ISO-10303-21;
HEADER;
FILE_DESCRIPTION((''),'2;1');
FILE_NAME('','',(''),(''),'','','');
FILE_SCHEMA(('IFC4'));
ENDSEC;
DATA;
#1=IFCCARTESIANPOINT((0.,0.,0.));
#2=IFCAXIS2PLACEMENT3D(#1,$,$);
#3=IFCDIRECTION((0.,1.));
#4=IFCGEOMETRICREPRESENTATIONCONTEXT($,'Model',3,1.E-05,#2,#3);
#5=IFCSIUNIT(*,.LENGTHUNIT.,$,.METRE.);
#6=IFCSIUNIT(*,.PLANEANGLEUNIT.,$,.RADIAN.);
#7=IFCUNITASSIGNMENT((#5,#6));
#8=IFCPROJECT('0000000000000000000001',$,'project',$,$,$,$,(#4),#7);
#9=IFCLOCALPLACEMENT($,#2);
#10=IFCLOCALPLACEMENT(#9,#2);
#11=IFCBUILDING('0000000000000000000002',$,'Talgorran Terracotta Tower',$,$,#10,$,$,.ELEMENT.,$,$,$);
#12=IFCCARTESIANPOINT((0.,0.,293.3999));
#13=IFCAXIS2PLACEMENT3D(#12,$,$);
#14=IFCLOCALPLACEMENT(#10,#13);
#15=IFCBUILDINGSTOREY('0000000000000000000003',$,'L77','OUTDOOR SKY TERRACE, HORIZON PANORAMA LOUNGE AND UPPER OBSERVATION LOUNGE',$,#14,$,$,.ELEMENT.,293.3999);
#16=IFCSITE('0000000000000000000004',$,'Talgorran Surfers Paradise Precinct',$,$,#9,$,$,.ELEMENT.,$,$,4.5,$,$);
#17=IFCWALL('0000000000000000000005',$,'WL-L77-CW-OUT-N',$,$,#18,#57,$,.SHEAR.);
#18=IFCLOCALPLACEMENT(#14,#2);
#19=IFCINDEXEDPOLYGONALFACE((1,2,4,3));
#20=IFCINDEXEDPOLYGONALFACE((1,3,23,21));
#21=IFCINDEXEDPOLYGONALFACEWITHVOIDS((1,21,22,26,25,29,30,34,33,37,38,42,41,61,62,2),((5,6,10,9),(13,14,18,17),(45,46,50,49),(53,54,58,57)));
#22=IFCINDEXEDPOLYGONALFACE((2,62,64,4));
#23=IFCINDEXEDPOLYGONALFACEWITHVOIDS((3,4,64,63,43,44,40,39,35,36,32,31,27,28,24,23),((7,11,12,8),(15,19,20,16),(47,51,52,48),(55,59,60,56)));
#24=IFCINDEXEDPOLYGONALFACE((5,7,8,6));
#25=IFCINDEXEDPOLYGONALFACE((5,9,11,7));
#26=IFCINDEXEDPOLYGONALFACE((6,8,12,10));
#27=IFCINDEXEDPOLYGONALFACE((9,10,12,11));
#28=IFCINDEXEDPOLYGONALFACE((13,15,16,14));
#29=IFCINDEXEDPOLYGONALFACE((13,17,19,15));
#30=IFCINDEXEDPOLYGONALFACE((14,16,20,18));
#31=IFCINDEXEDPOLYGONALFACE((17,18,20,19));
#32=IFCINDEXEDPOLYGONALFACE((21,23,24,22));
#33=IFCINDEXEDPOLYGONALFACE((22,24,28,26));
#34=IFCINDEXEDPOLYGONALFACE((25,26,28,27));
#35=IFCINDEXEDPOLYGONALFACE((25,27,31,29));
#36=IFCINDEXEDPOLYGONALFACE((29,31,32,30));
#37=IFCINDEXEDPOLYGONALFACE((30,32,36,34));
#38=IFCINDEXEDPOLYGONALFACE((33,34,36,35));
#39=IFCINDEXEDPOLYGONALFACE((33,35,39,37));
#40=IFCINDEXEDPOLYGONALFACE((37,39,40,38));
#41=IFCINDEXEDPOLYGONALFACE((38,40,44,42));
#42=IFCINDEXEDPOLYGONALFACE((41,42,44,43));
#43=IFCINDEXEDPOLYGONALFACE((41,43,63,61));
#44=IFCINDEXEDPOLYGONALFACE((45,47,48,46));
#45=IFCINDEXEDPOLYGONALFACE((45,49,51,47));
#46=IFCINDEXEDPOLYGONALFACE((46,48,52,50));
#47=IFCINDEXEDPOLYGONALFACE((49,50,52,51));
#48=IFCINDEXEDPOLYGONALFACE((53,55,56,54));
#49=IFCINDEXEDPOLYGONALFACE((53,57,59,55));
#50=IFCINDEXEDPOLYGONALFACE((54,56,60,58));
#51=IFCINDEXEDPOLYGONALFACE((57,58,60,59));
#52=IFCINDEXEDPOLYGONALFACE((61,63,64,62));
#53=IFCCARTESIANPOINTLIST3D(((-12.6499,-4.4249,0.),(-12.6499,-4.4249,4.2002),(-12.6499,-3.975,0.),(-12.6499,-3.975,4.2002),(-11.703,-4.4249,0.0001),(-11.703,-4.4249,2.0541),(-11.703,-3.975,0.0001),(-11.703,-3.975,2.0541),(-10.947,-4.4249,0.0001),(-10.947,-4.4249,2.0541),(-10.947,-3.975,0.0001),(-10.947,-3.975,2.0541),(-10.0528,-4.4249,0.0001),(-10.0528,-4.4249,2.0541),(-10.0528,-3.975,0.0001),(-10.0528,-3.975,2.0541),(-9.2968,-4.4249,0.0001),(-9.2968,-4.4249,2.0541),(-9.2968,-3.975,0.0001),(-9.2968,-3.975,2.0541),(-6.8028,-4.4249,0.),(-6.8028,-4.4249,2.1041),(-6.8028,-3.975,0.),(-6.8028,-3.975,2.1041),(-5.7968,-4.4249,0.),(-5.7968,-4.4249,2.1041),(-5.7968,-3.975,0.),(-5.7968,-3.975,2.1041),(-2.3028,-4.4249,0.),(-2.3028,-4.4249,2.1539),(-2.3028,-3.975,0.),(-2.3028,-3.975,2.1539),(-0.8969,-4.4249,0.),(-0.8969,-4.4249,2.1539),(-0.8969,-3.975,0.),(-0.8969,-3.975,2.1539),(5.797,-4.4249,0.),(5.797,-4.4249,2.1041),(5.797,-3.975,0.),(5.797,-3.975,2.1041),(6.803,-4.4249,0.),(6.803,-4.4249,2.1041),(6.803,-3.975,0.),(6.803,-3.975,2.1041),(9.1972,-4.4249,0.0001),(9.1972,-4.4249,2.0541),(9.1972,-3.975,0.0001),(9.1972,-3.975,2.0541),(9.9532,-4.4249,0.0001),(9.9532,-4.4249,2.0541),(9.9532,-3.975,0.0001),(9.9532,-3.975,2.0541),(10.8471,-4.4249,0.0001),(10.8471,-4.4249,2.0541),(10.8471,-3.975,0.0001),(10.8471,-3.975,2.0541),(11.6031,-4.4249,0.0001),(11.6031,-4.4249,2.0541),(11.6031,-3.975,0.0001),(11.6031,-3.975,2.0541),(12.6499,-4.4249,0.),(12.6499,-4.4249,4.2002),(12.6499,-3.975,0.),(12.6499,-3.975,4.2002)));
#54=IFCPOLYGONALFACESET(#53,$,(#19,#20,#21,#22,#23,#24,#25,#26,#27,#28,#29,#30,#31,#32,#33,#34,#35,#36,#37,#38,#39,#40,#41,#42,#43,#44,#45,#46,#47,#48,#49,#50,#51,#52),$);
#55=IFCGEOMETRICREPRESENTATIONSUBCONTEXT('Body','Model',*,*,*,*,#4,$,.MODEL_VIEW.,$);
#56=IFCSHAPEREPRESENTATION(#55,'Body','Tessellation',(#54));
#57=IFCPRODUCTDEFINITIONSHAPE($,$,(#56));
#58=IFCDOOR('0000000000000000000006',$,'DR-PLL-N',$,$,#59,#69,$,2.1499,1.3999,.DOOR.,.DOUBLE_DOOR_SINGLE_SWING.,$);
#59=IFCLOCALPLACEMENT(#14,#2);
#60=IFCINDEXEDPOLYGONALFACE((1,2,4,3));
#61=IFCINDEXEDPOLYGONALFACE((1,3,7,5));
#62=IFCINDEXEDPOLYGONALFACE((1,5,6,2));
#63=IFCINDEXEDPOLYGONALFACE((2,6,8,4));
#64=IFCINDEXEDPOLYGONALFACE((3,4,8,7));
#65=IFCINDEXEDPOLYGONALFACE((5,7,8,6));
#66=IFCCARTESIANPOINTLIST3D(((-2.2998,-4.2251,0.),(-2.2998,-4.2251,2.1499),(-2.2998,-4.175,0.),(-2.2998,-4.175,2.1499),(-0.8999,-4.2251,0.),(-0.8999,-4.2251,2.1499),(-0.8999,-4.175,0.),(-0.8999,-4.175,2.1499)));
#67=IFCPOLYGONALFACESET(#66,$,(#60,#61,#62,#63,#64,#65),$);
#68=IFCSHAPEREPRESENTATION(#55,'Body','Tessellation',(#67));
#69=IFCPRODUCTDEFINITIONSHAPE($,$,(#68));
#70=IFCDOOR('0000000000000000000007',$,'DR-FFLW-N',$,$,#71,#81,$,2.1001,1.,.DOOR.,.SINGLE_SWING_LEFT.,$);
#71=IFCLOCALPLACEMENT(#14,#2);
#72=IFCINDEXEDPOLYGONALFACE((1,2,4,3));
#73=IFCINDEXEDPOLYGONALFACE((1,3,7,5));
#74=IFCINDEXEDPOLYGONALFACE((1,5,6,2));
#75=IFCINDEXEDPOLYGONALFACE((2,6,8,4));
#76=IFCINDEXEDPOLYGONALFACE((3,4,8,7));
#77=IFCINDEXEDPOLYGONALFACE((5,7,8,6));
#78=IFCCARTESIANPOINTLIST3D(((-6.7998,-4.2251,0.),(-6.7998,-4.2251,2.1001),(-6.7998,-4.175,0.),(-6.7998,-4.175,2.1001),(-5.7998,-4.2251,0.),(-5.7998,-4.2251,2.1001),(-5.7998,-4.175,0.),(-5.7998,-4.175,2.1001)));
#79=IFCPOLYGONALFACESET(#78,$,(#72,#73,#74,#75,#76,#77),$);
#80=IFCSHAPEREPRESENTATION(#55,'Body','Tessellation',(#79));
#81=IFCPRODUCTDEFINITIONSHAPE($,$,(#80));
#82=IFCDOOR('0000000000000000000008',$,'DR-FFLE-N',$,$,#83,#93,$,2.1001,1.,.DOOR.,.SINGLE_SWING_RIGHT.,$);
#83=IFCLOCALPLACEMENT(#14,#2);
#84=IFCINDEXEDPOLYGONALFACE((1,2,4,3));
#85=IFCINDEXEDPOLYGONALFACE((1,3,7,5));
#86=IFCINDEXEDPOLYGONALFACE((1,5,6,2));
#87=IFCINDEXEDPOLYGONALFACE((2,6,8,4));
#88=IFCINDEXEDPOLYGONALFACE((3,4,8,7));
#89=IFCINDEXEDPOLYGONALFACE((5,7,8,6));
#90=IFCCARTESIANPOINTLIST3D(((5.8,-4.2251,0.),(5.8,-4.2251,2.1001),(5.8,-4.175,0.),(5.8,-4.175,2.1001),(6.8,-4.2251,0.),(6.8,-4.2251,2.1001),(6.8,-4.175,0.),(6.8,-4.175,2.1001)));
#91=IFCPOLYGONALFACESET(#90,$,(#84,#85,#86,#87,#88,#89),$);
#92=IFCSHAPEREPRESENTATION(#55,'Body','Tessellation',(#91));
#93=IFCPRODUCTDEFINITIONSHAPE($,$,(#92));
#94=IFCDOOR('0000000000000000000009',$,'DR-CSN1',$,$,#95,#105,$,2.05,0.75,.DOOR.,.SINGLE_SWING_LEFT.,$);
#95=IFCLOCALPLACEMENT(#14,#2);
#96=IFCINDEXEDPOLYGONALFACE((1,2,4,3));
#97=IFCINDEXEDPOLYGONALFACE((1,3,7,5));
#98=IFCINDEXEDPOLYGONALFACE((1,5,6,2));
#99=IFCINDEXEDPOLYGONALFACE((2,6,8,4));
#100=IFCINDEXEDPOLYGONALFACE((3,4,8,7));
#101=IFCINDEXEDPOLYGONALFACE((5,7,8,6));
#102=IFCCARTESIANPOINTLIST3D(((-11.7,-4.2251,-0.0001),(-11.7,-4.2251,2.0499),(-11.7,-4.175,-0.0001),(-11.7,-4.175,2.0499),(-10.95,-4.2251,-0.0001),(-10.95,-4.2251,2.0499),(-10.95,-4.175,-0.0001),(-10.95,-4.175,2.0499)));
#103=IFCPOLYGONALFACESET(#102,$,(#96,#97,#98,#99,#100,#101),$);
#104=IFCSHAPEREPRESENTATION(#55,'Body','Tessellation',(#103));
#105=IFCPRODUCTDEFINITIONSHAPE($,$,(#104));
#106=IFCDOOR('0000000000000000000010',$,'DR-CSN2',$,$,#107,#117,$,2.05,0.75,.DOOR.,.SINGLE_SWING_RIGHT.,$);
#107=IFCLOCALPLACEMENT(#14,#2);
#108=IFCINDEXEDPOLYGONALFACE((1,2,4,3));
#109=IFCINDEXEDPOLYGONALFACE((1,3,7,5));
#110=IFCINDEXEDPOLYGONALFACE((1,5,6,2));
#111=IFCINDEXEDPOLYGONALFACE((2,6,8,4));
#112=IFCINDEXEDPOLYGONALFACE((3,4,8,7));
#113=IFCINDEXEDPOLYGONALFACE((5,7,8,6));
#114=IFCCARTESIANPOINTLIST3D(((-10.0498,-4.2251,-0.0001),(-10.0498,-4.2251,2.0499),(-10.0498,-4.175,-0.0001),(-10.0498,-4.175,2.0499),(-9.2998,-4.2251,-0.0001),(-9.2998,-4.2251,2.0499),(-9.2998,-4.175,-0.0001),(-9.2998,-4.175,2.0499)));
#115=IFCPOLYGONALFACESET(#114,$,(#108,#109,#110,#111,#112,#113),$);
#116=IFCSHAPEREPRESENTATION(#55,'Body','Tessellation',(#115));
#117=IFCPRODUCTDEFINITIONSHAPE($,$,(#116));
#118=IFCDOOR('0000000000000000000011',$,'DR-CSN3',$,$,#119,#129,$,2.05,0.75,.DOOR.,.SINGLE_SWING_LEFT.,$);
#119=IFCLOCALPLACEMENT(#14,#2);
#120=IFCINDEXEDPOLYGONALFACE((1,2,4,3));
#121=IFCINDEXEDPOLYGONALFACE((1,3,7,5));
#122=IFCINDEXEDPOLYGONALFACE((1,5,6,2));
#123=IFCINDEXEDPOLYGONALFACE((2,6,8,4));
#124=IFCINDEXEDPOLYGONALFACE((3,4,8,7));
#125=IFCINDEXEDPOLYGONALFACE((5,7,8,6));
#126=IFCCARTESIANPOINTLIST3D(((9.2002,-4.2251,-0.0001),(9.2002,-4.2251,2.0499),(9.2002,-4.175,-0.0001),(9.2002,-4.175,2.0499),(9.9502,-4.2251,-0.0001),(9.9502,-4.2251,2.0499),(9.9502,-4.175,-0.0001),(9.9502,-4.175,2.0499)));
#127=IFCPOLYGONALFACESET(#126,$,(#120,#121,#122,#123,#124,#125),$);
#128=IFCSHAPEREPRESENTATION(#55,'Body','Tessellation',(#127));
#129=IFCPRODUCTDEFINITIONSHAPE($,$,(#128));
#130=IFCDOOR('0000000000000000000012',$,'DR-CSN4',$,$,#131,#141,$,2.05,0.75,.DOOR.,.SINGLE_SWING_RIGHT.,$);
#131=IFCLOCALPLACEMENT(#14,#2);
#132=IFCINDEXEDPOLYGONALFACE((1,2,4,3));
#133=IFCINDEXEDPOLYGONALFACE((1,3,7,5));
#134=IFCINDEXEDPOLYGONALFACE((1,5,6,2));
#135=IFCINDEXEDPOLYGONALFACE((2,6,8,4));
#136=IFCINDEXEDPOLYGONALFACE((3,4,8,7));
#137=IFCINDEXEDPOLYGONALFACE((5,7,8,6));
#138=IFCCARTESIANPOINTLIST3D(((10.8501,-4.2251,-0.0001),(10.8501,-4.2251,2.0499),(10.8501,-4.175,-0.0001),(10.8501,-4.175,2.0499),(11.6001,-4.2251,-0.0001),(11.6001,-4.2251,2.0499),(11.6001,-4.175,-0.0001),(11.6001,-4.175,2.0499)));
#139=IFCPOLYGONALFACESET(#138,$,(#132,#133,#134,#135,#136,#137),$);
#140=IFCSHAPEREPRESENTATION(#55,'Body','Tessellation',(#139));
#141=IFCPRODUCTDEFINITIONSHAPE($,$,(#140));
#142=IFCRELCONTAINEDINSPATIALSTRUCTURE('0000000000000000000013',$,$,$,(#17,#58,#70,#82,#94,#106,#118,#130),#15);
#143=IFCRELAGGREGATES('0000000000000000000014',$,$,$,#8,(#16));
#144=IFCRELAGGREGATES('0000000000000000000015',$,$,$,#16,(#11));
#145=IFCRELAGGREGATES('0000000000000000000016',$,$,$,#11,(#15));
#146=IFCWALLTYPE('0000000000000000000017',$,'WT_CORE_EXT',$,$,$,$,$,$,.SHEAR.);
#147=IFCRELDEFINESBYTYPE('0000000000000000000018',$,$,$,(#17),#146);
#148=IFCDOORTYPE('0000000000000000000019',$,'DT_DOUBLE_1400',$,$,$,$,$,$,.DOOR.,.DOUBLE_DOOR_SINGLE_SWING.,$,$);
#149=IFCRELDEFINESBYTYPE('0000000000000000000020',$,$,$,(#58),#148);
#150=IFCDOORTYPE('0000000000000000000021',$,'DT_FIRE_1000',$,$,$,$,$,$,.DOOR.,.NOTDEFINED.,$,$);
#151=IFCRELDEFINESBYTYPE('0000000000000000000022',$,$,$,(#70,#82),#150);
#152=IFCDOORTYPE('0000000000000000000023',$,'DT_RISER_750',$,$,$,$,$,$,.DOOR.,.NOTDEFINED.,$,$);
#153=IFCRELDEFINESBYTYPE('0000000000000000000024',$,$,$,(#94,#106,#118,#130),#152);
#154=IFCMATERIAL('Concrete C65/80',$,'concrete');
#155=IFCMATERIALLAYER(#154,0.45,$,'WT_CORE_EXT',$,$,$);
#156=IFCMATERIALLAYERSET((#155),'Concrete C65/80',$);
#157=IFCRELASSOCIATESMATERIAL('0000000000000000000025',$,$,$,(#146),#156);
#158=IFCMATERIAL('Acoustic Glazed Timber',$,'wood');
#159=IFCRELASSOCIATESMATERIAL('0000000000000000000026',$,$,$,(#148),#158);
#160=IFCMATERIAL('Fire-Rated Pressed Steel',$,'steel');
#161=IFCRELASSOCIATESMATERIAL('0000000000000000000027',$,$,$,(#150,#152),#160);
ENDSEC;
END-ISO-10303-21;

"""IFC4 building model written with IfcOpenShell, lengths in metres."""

from ifc_helpers import new_model, si_unit, direction, frame, frame_2d, origin, place, context, subcontext, project, spatial, rectangle, extrude, material, layer, layer_set, type_object, element, fill, save


model = new_model("IFC4")

# Units and contexts
model_context = context("Model", 3, precision=1e-05, world=origin(), true_north=direction((0.0, 1.0)))
body_context = subcontext(model_context, "Body", "Model", "MODEL_VIEW")
ifc_project = project(units=[si_unit("LENGTHUNIT", "METRE"), si_unit("PLANEANGLEUNIT", "RADIAN")], contexts=[model_context])

# Site, building, storey
site_placement = place(None, origin())
site = spatial("IfcSite", under=ifc_project, at=site_placement, Name="Talgorran Surfers Paradise Precinct", CompositionType="ELEMENT", RefElevation=4.5)
building_placement = place(site_placement, origin())
building = spatial("IfcBuilding", under=site, at=building_placement, Name="Talgorran Terracotta Tower", CompositionType="ELEMENT")
storey_placement = place(building_placement, frame((0.0, 0.0, 293.3999)))
storey = spatial("IfcBuildingStorey", under=building, at=storey_placement, Name="L77", Description="OUTDOOR SKY TERRACE, HORIZON PANORAMA LOUNGE AND UPPER OBSERVATION LOUNGE", CompositionType="ELEMENT", Elevation=293.3999)

# Wall, openings, doors
ifc_material_1 = material(Name="Concrete C65/80", Category="concrete")
ifc_layer_1 = layer(ifc_material_1, 0.45, Name="WT_CORE_EXT")
ifc_layer_set_1 = layer_set([ifc_layer_1], Name="Concrete C65/80")
wall_type_1 = type_object("IfcWallType", Name="WT_CORE_EXT", PredefinedType="SHEAR", material=ifc_layer_set_1)
wall_1_placement = place(storey_placement, frame((-12.6499, -4.2, 0.0), z_axis=(0.0, 0.0, 1.0), x_axis=(1.0, 0.0, 0.0)))
wall_1 = element("IfcWall", 1, at=wall_1_placement, inside=storey, type_object=wall_type_1, Name="WL-L77-CW-OUT-N", PredefinedType="SHEAR", context=body_context, shape_type="SweptSolid", body=[
    extrude(rectangle(XDim=25.2998, YDim=0.45, at=frame_2d((12.6499, 0.0))), origin(), (0.0, 0.0, 1.0), 4.2002),
])
opening_1_placement = place(wall_1_placement, frame((0.95, 0.0, 0.0)))
opening_1 = element("IfcOpeningElement", 2, at=opening_1_placement, cuts=wall_1, PredefinedType="OPENING", context=body_context, shape_type="SweptSolid", body=[
    extrude(rectangle(XDim=0.756, YDim=2.054, at=frame_2d((0.375, 1.0271))), frame((0.0, 0.2349, 0.0), z_axis=(0.0, -1.0, 0.0), x_axis=(1.0, 0.0, 0.0)), (0.0, 0.0, 1.0), 0.47),
])
opening_2_placement = place(wall_1_placement, frame((2.6001, 0.0, 0.0)))
opening_2 = element("IfcOpeningElement", 3, at=opening_2_placement, cuts=wall_1, PredefinedType="OPENING", context=body_context, shape_type="SweptSolid", body=[
    extrude(rectangle(XDim=0.756, YDim=2.054, at=frame_2d((0.375, 1.0271))), frame((0.0, 0.2349, 0.0), z_axis=(0.0, -1.0, 0.0), x_axis=(1.0, 0.0, 0.0)), (0.0, 0.0, 1.0), 0.47),
])
opening_3_placement = place(wall_1_placement, frame((21.8501, 0.0, 0.0)))
opening_3 = element("IfcOpeningElement", 4, at=opening_3_placement, cuts=wall_1, PredefinedType="OPENING", context=body_context, shape_type="SweptSolid", body=[
    extrude(rectangle(XDim=0.756, YDim=2.054, at=frame_2d((0.375, 1.0271))), frame((0.0, 0.2349, 0.0), z_axis=(0.0, -1.0, 0.0), x_axis=(1.0, 0.0, 0.0)), (0.0, 0.0, 1.0), 0.47),
])
opening_4_placement = place(wall_1_placement, frame((23.5, 0.0, 0.0)))
opening_4 = element("IfcOpeningElement", 5, at=opening_4_placement, cuts=wall_1, PredefinedType="OPENING", context=body_context, shape_type="SweptSolid", body=[
    extrude(rectangle(XDim=0.756, YDim=2.054, at=frame_2d((0.375, 1.0271))), frame((0.0, 0.2349, 0.0), z_axis=(0.0, -1.0, 0.0), x_axis=(1.0, 0.0, 0.0)), (0.0, 0.0, 1.0), 0.47),
])
opening_5_placement = place(wall_1_placement, frame((5.8501, 0.0, 0.0)))
opening_5 = element("IfcOpeningElement", 6, at=opening_5_placement, cuts=wall_1, PredefinedType="OPENING", context=body_context, shape_type="SweptSolid", body=[
    extrude(rectangle(XDim=1.006, YDim=2.1041, at=frame_2d((0.5, 1.052))), frame((0.0, 0.2349, 0.0), z_axis=(0.0, -1.0, 0.0), x_axis=(1.0, 0.0, 0.0)), (0.0, 0.0, 1.0), 0.47),
])
opening_6_placement = place(wall_1_placement, frame((10.3501, 0.0, 0.0)))
opening_6 = element("IfcOpeningElement", 7, at=opening_6_placement, cuts=wall_1, PredefinedType="OPENING", context=body_context, shape_type="SweptSolid", body=[
    extrude(rectangle(XDim=1.4059, YDim=2.1539, at=frame_2d((0.7, 1.0769))), frame((0.0, 0.2349, 0.0), z_axis=(0.0, -1.0, 0.0), x_axis=(1.0, 0.0, 0.0)), (0.0, 0.0, 1.0), 0.47),
])
opening_7_placement = place(wall_1_placement, frame((18.45, 0.0, 0.0)))
opening_7 = element("IfcOpeningElement", 8, at=opening_7_placement, cuts=wall_1, PredefinedType="OPENING", context=body_context, shape_type="SweptSolid", body=[
    extrude(rectangle(XDim=1.006, YDim=2.1041, at=frame_2d((0.5, 1.052))), frame((0.0, 0.2349, 0.0), z_axis=(0.0, -1.0, 0.0), x_axis=(1.0, 0.0, 0.0)), (0.0, 0.0, 1.0), 0.47),
])
ifc_material_2 = material(Name="Acoustic Glazed Timber", Category="wood")
door_type_1 = type_object("IfcDoorType", Name="DT_DOUBLE_1400", OperationType="DOUBLE_DOOR_SINGLE_SWING", PredefinedType="DOOR", material=ifc_material_2)
door_1_placement = place(opening_6_placement, origin())
door_1 = element("IfcDoor", 9, at=door_1_placement, inside=storey, type_object=door_type_1, Name="DR-PLL-N", OperationType="DOUBLE_DOOR_SINGLE_SWING", OverallHeight=2.1499, OverallWidth=1.3999, PredefinedType="DOOR", context=body_context, shape_type="SweptSolid", body=[
    extrude(rectangle(XDim=1.3999, YDim=2.1499, at=frame_2d((0.7, 1.075))), frame((0.0, 0.0249, 0.0), z_axis=(0.0, -1.0, 0.0), x_axis=(1.0, 0.0, 0.0)), (0.0, 0.0, 1.0), 0.05),
])
fill(opening_6, door_1)
ifc_material_3 = material(Name="Fire-Rated Pressed Steel", Category="steel")
door_type_2 = type_object("IfcDoorType", Name="DT_FIRE_1000", OperationType="NOTDEFINED", PredefinedType="DOOR", material=ifc_material_3)
door_2_placement = place(opening_5_placement, origin())
door_2 = element("IfcDoor", 10, at=door_2_placement, inside=storey, type_object=door_type_2, Name="DR-FFLW-N", OperationType="SINGLE_SWING_LEFT", OverallHeight=2.1001, OverallWidth=1.0, PredefinedType="DOOR", context=body_context, shape_type="SweptSolid", body=[
    extrude(rectangle(XDim=1.0, YDim=2.1001, at=frame_2d((0.5, 1.05))), frame((0.0, 0.0249, 0.0), z_axis=(0.0, -1.0, 0.0), x_axis=(1.0, 0.0, 0.0)), (0.0, 0.0, 1.0), 0.05),
])
fill(opening_5, door_2)
door_3_placement = place(opening_7_placement, origin())
door_3 = element("IfcDoor", 11, at=door_3_placement, inside=storey, type_object=door_type_2, Name="DR-FFLE-N", OperationType="SINGLE_SWING_RIGHT", OverallHeight=2.1001, OverallWidth=1.0, PredefinedType="DOOR", context=body_context, shape_type="SweptSolid", body=[
    extrude(rectangle(XDim=1.0, YDim=2.1001, at=frame_2d((0.5, 1.05))), frame((0.0, 0.0249, 0.0), z_axis=(0.0, -1.0, 0.0), x_axis=(1.0, 0.0, 0.0)), (0.0, 0.0, 1.0), 0.05),
])
fill(opening_7, door_3)
door_type_3 = type_object("IfcDoorType", Name="DT_RISER_750", OperationType="NOTDEFINED", PredefinedType="DOOR", material=ifc_material_3)
door_4_placement = place(opening_1_placement, origin())
door_4 = element("IfcDoor", 12, at=door_4_placement, inside=storey, type_object=door_type_3, Name="DR-CSN1", OperationType="SINGLE_SWING_LEFT", OverallHeight=2.05, OverallWidth=0.75, PredefinedType="DOOR", context=body_context, shape_type="SweptSolid", body=[
    extrude(rectangle(XDim=0.75, YDim=2.05, at=frame_2d((0.375, 1.0249))), frame((0.0, 0.0249, 0.0), z_axis=(0.0, -1.0, 0.0), x_axis=(1.0, 0.0, 0.0)), (0.0, 0.0, 1.0), 0.05),
])
fill(opening_1, door_4)
door_5_placement = place(opening_2_placement, origin())
door_5 = element("IfcDoor", 13, at=door_5_placement, inside=storey, type_object=door_type_3, Name="DR-CSN2", OperationType="SINGLE_SWING_RIGHT", OverallHeight=2.05, OverallWidth=0.75, PredefinedType="DOOR", context=body_context, shape_type="SweptSolid", body=[
    extrude(rectangle(XDim=0.75, YDim=2.05, at=frame_2d((0.375, 1.0249))), frame((0.0, 0.0249, 0.0), z_axis=(0.0, -1.0, 0.0), x_axis=(1.0, 0.0, 0.0)), (0.0, 0.0, 1.0), 0.05),
])
fill(opening_2, door_5)
door_6_placement = place(opening_3_placement, origin())
door_6 = element("IfcDoor", 14, at=door_6_placement, inside=storey, type_object=door_type_3, Name="DR-CSN3", OperationType="SINGLE_SWING_LEFT", OverallHeight=2.05, OverallWidth=0.75, PredefinedType="DOOR", context=body_context, shape_type="SweptSolid", body=[
    extrude(rectangle(XDim=0.75, YDim=2.05, at=frame_2d((0.375, 1.0249))), frame((0.0, 0.0249, 0.0), z_axis=(0.0, -1.0, 0.0), x_axis=(1.0, 0.0, 0.0)), (0.0, 0.0, 1.0), 0.05),
])
fill(opening_3, door_6)
door_7_placement = place(opening_4_placement, origin())
door_7 = element("IfcDoor", 15, at=door_7_placement, inside=storey, type_object=door_type_3, Name="DR-CSN4", OperationType="SINGLE_SWING_RIGHT", OverallHeight=2.05, OverallWidth=0.75, PredefinedType="DOOR", context=body_context, shape_type="SweptSolid", body=[
    extrude(rectangle(XDim=0.75, YDim=2.05, at=frame_2d((0.375, 1.0249))), frame((0.0, 0.0249, 0.0), z_axis=(0.0, -1.0, 0.0), x_axis=(1.0, 0.0, 0.0)), (0.0, 0.0, 1.0), 0.05),
])
fill(opening_4, door_7)

save(model, "model.ifc")
